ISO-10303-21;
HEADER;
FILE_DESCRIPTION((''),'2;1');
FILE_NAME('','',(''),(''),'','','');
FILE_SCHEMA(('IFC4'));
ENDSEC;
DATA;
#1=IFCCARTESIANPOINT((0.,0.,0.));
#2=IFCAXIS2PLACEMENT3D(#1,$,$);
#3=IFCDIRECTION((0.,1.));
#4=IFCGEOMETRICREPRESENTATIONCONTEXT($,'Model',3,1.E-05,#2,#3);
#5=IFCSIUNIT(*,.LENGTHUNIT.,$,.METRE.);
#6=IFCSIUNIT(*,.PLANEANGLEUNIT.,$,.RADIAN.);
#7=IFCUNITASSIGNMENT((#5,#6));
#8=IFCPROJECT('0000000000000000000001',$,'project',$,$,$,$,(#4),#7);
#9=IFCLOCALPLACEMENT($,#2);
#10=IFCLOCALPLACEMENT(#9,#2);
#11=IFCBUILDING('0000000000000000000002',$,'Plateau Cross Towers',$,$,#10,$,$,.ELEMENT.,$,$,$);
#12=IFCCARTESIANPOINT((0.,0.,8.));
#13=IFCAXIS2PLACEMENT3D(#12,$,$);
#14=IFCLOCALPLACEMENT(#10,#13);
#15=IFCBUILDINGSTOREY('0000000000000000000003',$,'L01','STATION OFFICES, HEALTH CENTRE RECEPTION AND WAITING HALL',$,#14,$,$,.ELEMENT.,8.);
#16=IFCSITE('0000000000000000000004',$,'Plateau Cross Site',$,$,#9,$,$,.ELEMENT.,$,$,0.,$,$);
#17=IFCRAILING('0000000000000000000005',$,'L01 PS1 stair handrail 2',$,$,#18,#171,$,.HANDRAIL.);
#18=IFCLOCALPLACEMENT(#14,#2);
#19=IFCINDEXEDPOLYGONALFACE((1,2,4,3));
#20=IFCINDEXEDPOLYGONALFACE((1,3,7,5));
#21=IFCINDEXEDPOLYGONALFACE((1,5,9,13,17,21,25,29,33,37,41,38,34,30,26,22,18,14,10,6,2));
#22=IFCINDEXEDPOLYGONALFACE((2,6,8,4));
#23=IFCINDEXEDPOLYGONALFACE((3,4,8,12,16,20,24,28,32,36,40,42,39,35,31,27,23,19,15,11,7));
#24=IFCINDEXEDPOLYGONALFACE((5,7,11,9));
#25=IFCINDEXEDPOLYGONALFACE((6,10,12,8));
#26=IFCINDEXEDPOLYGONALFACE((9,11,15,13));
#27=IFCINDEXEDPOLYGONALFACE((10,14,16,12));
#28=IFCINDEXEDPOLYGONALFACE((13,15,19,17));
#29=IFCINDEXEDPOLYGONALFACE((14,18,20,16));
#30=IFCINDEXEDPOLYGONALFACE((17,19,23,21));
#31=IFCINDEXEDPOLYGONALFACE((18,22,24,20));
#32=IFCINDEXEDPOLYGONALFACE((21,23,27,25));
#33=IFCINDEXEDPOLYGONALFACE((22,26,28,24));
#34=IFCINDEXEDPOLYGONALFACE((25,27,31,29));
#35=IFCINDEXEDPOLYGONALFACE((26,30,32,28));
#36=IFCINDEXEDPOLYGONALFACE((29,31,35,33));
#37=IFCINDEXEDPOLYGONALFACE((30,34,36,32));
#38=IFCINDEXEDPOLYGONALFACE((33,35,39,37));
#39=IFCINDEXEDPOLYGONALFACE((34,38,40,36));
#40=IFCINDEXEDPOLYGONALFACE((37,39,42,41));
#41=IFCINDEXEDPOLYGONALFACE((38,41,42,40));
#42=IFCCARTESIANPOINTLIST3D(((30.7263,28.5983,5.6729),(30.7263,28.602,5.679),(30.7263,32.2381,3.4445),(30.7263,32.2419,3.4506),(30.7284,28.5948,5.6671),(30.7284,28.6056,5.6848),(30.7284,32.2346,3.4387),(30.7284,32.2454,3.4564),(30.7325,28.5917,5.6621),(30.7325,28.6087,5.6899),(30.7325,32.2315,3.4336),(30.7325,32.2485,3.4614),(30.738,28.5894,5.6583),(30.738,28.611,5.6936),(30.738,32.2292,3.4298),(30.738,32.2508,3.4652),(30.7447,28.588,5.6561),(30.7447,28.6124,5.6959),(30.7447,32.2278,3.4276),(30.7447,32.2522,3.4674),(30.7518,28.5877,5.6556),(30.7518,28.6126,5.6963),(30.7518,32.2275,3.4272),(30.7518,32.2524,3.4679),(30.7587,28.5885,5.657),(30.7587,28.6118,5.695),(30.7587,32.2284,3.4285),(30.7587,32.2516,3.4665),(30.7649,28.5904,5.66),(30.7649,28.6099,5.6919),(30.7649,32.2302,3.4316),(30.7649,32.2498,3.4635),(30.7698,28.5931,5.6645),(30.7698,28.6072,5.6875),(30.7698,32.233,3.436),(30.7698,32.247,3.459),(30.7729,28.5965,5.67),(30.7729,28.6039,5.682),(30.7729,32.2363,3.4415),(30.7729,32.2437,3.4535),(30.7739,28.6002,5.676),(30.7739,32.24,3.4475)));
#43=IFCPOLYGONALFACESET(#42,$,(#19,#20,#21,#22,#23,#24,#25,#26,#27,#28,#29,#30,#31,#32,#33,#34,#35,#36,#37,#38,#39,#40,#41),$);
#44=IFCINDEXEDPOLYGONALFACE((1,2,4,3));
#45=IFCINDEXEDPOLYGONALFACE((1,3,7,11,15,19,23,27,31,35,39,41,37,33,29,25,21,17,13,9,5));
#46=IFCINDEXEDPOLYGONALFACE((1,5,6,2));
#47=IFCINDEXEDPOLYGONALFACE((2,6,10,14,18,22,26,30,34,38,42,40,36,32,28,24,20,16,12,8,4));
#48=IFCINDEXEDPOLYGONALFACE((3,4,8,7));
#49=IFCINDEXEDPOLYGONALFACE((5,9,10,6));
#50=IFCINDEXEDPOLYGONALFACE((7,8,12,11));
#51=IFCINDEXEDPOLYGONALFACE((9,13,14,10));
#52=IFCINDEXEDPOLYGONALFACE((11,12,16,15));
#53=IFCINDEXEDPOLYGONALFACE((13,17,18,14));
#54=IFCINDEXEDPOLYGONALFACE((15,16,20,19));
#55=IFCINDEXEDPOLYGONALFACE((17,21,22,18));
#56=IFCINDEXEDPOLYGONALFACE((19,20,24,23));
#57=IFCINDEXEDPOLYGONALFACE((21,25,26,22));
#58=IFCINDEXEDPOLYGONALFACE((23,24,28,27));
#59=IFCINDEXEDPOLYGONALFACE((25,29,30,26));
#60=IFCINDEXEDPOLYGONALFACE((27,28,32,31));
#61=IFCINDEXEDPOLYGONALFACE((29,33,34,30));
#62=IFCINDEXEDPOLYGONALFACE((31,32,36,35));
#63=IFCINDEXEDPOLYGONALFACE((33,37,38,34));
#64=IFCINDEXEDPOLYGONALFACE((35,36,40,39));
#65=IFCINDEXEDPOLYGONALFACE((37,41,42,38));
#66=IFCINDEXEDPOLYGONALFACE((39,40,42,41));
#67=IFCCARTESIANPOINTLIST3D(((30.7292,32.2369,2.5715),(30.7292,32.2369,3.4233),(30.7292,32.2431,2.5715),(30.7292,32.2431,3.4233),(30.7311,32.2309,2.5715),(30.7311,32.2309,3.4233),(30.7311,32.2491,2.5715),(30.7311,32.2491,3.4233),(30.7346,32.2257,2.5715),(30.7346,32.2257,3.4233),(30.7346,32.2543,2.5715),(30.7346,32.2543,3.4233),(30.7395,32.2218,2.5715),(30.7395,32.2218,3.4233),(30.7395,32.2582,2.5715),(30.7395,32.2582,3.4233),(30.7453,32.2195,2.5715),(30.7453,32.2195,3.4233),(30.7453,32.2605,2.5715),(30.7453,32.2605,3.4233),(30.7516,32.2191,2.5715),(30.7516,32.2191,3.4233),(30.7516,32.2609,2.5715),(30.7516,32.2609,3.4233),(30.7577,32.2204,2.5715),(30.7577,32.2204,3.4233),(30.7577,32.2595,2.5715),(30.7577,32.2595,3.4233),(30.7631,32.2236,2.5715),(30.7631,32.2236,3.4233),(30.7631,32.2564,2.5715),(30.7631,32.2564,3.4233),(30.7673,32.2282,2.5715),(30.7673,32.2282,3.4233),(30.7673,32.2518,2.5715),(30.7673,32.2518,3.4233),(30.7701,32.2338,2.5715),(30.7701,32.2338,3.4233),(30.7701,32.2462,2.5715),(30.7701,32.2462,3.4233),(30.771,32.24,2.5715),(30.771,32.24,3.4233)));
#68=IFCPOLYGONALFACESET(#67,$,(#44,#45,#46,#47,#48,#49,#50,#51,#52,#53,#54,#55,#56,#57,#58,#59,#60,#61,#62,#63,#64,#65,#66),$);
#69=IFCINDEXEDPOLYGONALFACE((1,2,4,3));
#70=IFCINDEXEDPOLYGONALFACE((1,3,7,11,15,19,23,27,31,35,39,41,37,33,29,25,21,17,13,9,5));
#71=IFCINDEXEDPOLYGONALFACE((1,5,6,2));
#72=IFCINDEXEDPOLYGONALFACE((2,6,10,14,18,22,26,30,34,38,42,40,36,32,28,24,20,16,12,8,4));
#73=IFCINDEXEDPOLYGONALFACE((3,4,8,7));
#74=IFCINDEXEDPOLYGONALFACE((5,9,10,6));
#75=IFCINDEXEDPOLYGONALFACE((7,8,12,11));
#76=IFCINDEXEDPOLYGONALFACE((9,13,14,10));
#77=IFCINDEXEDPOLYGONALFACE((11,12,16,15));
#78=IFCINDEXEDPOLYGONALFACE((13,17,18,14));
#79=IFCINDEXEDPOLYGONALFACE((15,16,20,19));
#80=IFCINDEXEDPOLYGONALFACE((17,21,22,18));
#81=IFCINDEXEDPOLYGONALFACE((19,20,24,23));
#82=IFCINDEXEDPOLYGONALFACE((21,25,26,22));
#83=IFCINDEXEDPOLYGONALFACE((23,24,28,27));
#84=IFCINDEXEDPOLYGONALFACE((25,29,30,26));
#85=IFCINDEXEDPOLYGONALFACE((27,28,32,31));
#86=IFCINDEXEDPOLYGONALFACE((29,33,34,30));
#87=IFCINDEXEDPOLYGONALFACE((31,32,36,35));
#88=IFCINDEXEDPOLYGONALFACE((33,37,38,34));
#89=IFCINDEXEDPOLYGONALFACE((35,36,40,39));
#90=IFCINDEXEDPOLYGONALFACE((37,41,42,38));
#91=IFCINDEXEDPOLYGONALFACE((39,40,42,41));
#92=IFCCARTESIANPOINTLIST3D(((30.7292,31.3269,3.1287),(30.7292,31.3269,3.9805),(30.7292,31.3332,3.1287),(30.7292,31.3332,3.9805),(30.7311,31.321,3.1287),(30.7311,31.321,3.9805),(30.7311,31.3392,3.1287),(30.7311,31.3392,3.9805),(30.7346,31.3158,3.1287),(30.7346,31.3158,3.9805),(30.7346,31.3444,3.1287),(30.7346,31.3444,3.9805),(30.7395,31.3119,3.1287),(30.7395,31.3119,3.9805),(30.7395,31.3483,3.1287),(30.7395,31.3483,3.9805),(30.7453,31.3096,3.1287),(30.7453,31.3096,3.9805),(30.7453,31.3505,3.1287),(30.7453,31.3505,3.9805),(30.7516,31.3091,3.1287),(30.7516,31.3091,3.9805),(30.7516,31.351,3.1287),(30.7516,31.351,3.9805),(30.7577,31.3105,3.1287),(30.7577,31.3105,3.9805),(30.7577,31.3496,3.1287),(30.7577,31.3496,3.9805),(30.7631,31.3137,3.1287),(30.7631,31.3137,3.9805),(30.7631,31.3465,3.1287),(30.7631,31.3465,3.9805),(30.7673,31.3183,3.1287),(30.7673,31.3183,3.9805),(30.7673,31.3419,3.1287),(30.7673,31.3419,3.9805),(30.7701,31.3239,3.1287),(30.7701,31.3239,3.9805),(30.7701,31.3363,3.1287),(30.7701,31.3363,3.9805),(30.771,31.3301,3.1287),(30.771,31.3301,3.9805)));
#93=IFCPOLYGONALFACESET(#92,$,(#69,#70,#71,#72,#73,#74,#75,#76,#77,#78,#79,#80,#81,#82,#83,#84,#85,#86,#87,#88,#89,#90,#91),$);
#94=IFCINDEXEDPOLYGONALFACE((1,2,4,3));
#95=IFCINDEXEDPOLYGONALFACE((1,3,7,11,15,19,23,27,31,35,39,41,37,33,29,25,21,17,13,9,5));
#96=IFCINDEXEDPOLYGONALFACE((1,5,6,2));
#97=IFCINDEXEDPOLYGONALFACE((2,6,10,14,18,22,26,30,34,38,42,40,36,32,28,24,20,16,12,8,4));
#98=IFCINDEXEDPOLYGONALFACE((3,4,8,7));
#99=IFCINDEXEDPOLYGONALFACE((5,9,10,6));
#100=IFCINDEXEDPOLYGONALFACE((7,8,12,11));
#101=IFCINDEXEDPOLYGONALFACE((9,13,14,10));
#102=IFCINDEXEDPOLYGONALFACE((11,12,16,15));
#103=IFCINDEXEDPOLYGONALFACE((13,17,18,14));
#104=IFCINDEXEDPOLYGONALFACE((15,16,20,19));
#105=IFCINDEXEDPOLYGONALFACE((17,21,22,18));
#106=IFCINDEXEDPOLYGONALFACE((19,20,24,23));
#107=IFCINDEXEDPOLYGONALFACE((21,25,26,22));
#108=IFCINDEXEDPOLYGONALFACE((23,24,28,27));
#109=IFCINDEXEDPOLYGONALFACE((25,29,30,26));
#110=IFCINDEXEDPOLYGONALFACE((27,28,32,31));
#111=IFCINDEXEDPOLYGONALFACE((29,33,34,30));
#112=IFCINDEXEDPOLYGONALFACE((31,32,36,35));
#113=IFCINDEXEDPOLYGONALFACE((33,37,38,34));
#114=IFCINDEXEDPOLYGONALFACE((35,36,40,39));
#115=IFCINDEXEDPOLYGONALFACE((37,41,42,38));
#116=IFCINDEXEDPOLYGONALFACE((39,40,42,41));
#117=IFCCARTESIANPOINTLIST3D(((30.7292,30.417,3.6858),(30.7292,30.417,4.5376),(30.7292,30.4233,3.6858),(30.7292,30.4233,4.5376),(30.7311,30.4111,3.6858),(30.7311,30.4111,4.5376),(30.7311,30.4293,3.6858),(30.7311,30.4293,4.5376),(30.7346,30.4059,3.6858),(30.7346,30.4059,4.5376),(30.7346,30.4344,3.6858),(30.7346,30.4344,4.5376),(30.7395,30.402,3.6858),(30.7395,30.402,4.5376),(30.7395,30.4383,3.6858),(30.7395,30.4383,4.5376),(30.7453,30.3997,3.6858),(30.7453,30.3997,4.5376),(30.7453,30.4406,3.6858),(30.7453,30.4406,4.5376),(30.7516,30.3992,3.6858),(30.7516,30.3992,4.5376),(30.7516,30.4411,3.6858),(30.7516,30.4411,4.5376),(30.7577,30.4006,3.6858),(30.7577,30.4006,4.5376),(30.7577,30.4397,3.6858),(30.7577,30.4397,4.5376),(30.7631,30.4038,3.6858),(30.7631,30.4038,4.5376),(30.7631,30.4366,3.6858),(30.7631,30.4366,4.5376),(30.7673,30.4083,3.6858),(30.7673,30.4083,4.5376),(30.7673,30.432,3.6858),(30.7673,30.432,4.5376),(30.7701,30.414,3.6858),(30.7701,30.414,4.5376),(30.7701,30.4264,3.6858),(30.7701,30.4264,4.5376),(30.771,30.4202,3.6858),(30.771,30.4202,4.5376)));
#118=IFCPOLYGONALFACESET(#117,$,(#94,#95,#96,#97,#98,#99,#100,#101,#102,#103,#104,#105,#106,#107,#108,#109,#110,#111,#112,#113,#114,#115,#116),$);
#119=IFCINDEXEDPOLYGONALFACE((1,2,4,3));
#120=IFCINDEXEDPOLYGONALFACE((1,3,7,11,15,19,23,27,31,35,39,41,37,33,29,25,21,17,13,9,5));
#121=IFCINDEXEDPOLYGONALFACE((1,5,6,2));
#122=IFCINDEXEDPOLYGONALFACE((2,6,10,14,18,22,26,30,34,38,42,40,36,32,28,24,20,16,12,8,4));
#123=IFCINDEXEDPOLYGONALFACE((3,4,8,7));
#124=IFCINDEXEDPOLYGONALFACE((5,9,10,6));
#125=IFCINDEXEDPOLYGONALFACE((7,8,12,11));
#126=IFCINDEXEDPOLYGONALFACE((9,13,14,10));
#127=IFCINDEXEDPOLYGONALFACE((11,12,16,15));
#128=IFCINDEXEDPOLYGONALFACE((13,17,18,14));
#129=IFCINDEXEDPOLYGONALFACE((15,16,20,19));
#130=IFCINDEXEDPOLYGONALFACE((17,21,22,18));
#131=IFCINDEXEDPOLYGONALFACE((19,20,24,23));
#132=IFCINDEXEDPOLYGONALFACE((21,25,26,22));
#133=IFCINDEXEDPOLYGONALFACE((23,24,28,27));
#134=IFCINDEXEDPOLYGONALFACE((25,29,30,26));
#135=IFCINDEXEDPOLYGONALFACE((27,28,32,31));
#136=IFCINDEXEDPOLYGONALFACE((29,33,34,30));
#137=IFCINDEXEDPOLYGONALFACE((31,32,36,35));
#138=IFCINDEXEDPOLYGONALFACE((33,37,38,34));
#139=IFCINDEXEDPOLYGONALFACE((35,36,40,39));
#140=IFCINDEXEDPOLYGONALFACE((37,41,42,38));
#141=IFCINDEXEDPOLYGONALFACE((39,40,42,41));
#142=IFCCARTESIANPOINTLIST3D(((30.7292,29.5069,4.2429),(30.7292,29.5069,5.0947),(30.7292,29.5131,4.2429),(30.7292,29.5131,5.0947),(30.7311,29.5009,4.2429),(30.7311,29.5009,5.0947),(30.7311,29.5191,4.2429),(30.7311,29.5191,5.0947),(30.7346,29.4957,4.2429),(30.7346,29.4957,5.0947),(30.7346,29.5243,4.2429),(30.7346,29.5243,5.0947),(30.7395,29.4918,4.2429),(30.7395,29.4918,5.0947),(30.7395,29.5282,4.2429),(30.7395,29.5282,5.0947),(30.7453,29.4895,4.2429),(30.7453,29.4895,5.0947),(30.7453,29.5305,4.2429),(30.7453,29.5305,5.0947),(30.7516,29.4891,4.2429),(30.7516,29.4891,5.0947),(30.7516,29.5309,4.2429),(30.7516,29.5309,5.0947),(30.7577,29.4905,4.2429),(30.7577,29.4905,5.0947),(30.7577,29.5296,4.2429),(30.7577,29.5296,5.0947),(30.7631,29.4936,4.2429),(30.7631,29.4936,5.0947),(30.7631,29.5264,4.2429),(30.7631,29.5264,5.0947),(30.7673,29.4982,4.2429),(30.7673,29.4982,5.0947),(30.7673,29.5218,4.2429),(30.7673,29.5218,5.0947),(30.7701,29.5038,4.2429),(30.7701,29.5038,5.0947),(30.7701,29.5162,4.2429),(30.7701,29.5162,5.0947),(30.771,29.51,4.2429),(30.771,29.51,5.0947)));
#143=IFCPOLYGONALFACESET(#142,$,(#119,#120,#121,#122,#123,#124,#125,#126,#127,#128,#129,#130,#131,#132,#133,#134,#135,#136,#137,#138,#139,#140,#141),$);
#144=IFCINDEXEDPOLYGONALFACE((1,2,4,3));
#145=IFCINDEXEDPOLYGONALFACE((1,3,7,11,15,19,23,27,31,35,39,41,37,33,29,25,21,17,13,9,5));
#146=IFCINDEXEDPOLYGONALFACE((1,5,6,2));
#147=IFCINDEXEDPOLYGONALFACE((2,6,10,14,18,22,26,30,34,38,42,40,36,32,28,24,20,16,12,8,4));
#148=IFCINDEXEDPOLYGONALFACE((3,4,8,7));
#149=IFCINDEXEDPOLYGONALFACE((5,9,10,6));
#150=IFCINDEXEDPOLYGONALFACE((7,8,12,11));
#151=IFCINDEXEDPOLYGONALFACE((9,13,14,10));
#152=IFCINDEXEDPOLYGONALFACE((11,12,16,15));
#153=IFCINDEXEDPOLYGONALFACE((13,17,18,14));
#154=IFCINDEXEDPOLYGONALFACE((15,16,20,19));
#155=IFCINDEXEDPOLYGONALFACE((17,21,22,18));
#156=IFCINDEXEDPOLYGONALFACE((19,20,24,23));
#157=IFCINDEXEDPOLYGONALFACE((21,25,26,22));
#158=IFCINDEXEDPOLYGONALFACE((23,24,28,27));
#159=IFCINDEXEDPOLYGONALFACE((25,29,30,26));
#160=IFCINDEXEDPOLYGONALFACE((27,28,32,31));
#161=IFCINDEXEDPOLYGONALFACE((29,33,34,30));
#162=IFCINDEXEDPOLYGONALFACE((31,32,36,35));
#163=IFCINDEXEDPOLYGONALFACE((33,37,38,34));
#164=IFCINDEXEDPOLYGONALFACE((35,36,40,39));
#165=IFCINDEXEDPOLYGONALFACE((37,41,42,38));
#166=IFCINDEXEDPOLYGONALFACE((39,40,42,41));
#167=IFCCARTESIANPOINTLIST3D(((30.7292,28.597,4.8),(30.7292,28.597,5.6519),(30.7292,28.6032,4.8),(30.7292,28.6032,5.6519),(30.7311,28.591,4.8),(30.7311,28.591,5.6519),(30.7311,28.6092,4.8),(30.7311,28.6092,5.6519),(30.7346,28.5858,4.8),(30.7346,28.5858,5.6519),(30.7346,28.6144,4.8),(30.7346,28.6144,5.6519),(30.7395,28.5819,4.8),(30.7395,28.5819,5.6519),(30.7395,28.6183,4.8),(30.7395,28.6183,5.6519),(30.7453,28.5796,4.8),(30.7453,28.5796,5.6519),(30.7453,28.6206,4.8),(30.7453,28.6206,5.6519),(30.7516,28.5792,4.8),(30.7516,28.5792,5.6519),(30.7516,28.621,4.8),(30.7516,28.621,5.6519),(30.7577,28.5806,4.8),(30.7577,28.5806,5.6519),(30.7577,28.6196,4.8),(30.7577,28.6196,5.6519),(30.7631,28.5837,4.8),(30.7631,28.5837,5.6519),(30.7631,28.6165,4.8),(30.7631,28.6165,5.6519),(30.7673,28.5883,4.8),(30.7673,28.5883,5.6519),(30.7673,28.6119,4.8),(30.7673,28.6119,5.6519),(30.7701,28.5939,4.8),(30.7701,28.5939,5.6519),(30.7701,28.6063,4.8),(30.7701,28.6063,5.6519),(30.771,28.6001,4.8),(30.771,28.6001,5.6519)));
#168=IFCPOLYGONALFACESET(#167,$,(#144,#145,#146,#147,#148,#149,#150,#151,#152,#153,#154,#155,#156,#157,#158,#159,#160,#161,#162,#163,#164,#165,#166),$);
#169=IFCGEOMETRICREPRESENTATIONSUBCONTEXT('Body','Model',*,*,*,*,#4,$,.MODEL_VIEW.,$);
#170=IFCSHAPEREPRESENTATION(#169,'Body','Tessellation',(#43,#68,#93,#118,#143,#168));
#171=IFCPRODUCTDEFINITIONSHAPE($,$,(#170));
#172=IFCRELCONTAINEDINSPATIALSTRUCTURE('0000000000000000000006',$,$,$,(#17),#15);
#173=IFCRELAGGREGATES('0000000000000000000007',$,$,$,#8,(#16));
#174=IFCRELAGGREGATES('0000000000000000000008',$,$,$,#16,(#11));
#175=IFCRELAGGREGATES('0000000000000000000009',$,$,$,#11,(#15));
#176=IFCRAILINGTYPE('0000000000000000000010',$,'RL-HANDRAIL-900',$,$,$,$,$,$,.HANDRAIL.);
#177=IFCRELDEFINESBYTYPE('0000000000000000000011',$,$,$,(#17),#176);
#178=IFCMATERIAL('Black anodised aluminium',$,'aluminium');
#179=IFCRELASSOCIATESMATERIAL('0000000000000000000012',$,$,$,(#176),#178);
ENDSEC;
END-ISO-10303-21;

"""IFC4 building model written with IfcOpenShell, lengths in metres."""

from ifc_helpers import new_model, si_unit, direction, frame, origin, origin_2d, place, context, subcontext, project, spatial, circle, extrude, material, type_object, element, save


model = new_model("IFC4")

# Units and contexts
model_context = context("Model", 3, precision=1e-05, world=origin(), true_north=direction((0.0, 1.0)))
body_context = subcontext(model_context, "Body", "Model", "MODEL_VIEW")
ifc_project = project(units=[si_unit("LENGTHUNIT", "METRE"), si_unit("PLANEANGLEUNIT", "RADIAN")], contexts=[model_context])

# Site, building, storey
site_placement = place(None, origin())
site = spatial("IfcSite", under=ifc_project, at=site_placement, Name="Plateau Cross Site", CompositionType="ELEMENT", RefElevation=0.0)
building_placement = place(site_placement, origin())
building = spatial("IfcBuilding", under=site, at=building_placement, Name="Plateau Cross Towers", CompositionType="ELEMENT")
storey_placement = place(building_placement, frame((0.0, 0.0, 8.0)))
storey = spatial("IfcBuildingStorey", under=building, at=storey_placement, Name="L01", Description="STATION OFFICES, HEALTH CENTRE RECEPTION AND WAITING HALL", CompositionType="ELEMENT", Elevation=8.0)

# Railing
ifc_material_1 = material(Name="Black anodised aluminium", Category="aluminium")
railing_type_1 = type_object("IfcRailingType", Name="RL-HANDRAIL-900", PredefinedType="HANDRAIL", material=ifc_material_1)
railing_1_placement = place(storey_placement, frame((30.75, 32.24, 2.5715)))
element("IfcRailing", 1, at=railing_1_placement, inside=storey, type_object=railing_type_1, Name="L01 PS1 stair handrail 2", PredefinedType="HANDRAIL", context=body_context, shape_type="SweptSolid", body=[
    extrude(circle(Radius=0.0239, at=origin_2d()), frame((0.0, 0.0, 0.876), z_axis=(0.0, -0.85285, 0.522156), x_axis=(1.0, 0.0, 0.0)), (0.0, 0.0, 1.0), 4.2678),
    extrude(circle(Radius=0.021, at=origin_2d()), origin(), (0.0, 0.0, 1.0), 0.8518),
    extrude(circle(Radius=0.021, at=origin_2d()), frame((0.0, -0.9099, 0.5571)), (0.0, 0.0, 1.0), 0.8518),
    extrude(circle(Radius=0.021, at=origin_2d()), frame((0.0, -1.8198, 1.1143)), (0.0, 0.0, 1.0), 0.8518),
    extrude(circle(Radius=0.021, at=origin_2d()), frame((0.0, -2.73, 1.6714)), (0.0, 0.0, 1.0), 0.8518),
    extrude(circle(Radius=0.021, at=origin_2d()), frame((0.0, -3.6399, 2.2285)), (0.0, 0.0, 1.0), 0.8518),
])

save(model, "model.ifc")
